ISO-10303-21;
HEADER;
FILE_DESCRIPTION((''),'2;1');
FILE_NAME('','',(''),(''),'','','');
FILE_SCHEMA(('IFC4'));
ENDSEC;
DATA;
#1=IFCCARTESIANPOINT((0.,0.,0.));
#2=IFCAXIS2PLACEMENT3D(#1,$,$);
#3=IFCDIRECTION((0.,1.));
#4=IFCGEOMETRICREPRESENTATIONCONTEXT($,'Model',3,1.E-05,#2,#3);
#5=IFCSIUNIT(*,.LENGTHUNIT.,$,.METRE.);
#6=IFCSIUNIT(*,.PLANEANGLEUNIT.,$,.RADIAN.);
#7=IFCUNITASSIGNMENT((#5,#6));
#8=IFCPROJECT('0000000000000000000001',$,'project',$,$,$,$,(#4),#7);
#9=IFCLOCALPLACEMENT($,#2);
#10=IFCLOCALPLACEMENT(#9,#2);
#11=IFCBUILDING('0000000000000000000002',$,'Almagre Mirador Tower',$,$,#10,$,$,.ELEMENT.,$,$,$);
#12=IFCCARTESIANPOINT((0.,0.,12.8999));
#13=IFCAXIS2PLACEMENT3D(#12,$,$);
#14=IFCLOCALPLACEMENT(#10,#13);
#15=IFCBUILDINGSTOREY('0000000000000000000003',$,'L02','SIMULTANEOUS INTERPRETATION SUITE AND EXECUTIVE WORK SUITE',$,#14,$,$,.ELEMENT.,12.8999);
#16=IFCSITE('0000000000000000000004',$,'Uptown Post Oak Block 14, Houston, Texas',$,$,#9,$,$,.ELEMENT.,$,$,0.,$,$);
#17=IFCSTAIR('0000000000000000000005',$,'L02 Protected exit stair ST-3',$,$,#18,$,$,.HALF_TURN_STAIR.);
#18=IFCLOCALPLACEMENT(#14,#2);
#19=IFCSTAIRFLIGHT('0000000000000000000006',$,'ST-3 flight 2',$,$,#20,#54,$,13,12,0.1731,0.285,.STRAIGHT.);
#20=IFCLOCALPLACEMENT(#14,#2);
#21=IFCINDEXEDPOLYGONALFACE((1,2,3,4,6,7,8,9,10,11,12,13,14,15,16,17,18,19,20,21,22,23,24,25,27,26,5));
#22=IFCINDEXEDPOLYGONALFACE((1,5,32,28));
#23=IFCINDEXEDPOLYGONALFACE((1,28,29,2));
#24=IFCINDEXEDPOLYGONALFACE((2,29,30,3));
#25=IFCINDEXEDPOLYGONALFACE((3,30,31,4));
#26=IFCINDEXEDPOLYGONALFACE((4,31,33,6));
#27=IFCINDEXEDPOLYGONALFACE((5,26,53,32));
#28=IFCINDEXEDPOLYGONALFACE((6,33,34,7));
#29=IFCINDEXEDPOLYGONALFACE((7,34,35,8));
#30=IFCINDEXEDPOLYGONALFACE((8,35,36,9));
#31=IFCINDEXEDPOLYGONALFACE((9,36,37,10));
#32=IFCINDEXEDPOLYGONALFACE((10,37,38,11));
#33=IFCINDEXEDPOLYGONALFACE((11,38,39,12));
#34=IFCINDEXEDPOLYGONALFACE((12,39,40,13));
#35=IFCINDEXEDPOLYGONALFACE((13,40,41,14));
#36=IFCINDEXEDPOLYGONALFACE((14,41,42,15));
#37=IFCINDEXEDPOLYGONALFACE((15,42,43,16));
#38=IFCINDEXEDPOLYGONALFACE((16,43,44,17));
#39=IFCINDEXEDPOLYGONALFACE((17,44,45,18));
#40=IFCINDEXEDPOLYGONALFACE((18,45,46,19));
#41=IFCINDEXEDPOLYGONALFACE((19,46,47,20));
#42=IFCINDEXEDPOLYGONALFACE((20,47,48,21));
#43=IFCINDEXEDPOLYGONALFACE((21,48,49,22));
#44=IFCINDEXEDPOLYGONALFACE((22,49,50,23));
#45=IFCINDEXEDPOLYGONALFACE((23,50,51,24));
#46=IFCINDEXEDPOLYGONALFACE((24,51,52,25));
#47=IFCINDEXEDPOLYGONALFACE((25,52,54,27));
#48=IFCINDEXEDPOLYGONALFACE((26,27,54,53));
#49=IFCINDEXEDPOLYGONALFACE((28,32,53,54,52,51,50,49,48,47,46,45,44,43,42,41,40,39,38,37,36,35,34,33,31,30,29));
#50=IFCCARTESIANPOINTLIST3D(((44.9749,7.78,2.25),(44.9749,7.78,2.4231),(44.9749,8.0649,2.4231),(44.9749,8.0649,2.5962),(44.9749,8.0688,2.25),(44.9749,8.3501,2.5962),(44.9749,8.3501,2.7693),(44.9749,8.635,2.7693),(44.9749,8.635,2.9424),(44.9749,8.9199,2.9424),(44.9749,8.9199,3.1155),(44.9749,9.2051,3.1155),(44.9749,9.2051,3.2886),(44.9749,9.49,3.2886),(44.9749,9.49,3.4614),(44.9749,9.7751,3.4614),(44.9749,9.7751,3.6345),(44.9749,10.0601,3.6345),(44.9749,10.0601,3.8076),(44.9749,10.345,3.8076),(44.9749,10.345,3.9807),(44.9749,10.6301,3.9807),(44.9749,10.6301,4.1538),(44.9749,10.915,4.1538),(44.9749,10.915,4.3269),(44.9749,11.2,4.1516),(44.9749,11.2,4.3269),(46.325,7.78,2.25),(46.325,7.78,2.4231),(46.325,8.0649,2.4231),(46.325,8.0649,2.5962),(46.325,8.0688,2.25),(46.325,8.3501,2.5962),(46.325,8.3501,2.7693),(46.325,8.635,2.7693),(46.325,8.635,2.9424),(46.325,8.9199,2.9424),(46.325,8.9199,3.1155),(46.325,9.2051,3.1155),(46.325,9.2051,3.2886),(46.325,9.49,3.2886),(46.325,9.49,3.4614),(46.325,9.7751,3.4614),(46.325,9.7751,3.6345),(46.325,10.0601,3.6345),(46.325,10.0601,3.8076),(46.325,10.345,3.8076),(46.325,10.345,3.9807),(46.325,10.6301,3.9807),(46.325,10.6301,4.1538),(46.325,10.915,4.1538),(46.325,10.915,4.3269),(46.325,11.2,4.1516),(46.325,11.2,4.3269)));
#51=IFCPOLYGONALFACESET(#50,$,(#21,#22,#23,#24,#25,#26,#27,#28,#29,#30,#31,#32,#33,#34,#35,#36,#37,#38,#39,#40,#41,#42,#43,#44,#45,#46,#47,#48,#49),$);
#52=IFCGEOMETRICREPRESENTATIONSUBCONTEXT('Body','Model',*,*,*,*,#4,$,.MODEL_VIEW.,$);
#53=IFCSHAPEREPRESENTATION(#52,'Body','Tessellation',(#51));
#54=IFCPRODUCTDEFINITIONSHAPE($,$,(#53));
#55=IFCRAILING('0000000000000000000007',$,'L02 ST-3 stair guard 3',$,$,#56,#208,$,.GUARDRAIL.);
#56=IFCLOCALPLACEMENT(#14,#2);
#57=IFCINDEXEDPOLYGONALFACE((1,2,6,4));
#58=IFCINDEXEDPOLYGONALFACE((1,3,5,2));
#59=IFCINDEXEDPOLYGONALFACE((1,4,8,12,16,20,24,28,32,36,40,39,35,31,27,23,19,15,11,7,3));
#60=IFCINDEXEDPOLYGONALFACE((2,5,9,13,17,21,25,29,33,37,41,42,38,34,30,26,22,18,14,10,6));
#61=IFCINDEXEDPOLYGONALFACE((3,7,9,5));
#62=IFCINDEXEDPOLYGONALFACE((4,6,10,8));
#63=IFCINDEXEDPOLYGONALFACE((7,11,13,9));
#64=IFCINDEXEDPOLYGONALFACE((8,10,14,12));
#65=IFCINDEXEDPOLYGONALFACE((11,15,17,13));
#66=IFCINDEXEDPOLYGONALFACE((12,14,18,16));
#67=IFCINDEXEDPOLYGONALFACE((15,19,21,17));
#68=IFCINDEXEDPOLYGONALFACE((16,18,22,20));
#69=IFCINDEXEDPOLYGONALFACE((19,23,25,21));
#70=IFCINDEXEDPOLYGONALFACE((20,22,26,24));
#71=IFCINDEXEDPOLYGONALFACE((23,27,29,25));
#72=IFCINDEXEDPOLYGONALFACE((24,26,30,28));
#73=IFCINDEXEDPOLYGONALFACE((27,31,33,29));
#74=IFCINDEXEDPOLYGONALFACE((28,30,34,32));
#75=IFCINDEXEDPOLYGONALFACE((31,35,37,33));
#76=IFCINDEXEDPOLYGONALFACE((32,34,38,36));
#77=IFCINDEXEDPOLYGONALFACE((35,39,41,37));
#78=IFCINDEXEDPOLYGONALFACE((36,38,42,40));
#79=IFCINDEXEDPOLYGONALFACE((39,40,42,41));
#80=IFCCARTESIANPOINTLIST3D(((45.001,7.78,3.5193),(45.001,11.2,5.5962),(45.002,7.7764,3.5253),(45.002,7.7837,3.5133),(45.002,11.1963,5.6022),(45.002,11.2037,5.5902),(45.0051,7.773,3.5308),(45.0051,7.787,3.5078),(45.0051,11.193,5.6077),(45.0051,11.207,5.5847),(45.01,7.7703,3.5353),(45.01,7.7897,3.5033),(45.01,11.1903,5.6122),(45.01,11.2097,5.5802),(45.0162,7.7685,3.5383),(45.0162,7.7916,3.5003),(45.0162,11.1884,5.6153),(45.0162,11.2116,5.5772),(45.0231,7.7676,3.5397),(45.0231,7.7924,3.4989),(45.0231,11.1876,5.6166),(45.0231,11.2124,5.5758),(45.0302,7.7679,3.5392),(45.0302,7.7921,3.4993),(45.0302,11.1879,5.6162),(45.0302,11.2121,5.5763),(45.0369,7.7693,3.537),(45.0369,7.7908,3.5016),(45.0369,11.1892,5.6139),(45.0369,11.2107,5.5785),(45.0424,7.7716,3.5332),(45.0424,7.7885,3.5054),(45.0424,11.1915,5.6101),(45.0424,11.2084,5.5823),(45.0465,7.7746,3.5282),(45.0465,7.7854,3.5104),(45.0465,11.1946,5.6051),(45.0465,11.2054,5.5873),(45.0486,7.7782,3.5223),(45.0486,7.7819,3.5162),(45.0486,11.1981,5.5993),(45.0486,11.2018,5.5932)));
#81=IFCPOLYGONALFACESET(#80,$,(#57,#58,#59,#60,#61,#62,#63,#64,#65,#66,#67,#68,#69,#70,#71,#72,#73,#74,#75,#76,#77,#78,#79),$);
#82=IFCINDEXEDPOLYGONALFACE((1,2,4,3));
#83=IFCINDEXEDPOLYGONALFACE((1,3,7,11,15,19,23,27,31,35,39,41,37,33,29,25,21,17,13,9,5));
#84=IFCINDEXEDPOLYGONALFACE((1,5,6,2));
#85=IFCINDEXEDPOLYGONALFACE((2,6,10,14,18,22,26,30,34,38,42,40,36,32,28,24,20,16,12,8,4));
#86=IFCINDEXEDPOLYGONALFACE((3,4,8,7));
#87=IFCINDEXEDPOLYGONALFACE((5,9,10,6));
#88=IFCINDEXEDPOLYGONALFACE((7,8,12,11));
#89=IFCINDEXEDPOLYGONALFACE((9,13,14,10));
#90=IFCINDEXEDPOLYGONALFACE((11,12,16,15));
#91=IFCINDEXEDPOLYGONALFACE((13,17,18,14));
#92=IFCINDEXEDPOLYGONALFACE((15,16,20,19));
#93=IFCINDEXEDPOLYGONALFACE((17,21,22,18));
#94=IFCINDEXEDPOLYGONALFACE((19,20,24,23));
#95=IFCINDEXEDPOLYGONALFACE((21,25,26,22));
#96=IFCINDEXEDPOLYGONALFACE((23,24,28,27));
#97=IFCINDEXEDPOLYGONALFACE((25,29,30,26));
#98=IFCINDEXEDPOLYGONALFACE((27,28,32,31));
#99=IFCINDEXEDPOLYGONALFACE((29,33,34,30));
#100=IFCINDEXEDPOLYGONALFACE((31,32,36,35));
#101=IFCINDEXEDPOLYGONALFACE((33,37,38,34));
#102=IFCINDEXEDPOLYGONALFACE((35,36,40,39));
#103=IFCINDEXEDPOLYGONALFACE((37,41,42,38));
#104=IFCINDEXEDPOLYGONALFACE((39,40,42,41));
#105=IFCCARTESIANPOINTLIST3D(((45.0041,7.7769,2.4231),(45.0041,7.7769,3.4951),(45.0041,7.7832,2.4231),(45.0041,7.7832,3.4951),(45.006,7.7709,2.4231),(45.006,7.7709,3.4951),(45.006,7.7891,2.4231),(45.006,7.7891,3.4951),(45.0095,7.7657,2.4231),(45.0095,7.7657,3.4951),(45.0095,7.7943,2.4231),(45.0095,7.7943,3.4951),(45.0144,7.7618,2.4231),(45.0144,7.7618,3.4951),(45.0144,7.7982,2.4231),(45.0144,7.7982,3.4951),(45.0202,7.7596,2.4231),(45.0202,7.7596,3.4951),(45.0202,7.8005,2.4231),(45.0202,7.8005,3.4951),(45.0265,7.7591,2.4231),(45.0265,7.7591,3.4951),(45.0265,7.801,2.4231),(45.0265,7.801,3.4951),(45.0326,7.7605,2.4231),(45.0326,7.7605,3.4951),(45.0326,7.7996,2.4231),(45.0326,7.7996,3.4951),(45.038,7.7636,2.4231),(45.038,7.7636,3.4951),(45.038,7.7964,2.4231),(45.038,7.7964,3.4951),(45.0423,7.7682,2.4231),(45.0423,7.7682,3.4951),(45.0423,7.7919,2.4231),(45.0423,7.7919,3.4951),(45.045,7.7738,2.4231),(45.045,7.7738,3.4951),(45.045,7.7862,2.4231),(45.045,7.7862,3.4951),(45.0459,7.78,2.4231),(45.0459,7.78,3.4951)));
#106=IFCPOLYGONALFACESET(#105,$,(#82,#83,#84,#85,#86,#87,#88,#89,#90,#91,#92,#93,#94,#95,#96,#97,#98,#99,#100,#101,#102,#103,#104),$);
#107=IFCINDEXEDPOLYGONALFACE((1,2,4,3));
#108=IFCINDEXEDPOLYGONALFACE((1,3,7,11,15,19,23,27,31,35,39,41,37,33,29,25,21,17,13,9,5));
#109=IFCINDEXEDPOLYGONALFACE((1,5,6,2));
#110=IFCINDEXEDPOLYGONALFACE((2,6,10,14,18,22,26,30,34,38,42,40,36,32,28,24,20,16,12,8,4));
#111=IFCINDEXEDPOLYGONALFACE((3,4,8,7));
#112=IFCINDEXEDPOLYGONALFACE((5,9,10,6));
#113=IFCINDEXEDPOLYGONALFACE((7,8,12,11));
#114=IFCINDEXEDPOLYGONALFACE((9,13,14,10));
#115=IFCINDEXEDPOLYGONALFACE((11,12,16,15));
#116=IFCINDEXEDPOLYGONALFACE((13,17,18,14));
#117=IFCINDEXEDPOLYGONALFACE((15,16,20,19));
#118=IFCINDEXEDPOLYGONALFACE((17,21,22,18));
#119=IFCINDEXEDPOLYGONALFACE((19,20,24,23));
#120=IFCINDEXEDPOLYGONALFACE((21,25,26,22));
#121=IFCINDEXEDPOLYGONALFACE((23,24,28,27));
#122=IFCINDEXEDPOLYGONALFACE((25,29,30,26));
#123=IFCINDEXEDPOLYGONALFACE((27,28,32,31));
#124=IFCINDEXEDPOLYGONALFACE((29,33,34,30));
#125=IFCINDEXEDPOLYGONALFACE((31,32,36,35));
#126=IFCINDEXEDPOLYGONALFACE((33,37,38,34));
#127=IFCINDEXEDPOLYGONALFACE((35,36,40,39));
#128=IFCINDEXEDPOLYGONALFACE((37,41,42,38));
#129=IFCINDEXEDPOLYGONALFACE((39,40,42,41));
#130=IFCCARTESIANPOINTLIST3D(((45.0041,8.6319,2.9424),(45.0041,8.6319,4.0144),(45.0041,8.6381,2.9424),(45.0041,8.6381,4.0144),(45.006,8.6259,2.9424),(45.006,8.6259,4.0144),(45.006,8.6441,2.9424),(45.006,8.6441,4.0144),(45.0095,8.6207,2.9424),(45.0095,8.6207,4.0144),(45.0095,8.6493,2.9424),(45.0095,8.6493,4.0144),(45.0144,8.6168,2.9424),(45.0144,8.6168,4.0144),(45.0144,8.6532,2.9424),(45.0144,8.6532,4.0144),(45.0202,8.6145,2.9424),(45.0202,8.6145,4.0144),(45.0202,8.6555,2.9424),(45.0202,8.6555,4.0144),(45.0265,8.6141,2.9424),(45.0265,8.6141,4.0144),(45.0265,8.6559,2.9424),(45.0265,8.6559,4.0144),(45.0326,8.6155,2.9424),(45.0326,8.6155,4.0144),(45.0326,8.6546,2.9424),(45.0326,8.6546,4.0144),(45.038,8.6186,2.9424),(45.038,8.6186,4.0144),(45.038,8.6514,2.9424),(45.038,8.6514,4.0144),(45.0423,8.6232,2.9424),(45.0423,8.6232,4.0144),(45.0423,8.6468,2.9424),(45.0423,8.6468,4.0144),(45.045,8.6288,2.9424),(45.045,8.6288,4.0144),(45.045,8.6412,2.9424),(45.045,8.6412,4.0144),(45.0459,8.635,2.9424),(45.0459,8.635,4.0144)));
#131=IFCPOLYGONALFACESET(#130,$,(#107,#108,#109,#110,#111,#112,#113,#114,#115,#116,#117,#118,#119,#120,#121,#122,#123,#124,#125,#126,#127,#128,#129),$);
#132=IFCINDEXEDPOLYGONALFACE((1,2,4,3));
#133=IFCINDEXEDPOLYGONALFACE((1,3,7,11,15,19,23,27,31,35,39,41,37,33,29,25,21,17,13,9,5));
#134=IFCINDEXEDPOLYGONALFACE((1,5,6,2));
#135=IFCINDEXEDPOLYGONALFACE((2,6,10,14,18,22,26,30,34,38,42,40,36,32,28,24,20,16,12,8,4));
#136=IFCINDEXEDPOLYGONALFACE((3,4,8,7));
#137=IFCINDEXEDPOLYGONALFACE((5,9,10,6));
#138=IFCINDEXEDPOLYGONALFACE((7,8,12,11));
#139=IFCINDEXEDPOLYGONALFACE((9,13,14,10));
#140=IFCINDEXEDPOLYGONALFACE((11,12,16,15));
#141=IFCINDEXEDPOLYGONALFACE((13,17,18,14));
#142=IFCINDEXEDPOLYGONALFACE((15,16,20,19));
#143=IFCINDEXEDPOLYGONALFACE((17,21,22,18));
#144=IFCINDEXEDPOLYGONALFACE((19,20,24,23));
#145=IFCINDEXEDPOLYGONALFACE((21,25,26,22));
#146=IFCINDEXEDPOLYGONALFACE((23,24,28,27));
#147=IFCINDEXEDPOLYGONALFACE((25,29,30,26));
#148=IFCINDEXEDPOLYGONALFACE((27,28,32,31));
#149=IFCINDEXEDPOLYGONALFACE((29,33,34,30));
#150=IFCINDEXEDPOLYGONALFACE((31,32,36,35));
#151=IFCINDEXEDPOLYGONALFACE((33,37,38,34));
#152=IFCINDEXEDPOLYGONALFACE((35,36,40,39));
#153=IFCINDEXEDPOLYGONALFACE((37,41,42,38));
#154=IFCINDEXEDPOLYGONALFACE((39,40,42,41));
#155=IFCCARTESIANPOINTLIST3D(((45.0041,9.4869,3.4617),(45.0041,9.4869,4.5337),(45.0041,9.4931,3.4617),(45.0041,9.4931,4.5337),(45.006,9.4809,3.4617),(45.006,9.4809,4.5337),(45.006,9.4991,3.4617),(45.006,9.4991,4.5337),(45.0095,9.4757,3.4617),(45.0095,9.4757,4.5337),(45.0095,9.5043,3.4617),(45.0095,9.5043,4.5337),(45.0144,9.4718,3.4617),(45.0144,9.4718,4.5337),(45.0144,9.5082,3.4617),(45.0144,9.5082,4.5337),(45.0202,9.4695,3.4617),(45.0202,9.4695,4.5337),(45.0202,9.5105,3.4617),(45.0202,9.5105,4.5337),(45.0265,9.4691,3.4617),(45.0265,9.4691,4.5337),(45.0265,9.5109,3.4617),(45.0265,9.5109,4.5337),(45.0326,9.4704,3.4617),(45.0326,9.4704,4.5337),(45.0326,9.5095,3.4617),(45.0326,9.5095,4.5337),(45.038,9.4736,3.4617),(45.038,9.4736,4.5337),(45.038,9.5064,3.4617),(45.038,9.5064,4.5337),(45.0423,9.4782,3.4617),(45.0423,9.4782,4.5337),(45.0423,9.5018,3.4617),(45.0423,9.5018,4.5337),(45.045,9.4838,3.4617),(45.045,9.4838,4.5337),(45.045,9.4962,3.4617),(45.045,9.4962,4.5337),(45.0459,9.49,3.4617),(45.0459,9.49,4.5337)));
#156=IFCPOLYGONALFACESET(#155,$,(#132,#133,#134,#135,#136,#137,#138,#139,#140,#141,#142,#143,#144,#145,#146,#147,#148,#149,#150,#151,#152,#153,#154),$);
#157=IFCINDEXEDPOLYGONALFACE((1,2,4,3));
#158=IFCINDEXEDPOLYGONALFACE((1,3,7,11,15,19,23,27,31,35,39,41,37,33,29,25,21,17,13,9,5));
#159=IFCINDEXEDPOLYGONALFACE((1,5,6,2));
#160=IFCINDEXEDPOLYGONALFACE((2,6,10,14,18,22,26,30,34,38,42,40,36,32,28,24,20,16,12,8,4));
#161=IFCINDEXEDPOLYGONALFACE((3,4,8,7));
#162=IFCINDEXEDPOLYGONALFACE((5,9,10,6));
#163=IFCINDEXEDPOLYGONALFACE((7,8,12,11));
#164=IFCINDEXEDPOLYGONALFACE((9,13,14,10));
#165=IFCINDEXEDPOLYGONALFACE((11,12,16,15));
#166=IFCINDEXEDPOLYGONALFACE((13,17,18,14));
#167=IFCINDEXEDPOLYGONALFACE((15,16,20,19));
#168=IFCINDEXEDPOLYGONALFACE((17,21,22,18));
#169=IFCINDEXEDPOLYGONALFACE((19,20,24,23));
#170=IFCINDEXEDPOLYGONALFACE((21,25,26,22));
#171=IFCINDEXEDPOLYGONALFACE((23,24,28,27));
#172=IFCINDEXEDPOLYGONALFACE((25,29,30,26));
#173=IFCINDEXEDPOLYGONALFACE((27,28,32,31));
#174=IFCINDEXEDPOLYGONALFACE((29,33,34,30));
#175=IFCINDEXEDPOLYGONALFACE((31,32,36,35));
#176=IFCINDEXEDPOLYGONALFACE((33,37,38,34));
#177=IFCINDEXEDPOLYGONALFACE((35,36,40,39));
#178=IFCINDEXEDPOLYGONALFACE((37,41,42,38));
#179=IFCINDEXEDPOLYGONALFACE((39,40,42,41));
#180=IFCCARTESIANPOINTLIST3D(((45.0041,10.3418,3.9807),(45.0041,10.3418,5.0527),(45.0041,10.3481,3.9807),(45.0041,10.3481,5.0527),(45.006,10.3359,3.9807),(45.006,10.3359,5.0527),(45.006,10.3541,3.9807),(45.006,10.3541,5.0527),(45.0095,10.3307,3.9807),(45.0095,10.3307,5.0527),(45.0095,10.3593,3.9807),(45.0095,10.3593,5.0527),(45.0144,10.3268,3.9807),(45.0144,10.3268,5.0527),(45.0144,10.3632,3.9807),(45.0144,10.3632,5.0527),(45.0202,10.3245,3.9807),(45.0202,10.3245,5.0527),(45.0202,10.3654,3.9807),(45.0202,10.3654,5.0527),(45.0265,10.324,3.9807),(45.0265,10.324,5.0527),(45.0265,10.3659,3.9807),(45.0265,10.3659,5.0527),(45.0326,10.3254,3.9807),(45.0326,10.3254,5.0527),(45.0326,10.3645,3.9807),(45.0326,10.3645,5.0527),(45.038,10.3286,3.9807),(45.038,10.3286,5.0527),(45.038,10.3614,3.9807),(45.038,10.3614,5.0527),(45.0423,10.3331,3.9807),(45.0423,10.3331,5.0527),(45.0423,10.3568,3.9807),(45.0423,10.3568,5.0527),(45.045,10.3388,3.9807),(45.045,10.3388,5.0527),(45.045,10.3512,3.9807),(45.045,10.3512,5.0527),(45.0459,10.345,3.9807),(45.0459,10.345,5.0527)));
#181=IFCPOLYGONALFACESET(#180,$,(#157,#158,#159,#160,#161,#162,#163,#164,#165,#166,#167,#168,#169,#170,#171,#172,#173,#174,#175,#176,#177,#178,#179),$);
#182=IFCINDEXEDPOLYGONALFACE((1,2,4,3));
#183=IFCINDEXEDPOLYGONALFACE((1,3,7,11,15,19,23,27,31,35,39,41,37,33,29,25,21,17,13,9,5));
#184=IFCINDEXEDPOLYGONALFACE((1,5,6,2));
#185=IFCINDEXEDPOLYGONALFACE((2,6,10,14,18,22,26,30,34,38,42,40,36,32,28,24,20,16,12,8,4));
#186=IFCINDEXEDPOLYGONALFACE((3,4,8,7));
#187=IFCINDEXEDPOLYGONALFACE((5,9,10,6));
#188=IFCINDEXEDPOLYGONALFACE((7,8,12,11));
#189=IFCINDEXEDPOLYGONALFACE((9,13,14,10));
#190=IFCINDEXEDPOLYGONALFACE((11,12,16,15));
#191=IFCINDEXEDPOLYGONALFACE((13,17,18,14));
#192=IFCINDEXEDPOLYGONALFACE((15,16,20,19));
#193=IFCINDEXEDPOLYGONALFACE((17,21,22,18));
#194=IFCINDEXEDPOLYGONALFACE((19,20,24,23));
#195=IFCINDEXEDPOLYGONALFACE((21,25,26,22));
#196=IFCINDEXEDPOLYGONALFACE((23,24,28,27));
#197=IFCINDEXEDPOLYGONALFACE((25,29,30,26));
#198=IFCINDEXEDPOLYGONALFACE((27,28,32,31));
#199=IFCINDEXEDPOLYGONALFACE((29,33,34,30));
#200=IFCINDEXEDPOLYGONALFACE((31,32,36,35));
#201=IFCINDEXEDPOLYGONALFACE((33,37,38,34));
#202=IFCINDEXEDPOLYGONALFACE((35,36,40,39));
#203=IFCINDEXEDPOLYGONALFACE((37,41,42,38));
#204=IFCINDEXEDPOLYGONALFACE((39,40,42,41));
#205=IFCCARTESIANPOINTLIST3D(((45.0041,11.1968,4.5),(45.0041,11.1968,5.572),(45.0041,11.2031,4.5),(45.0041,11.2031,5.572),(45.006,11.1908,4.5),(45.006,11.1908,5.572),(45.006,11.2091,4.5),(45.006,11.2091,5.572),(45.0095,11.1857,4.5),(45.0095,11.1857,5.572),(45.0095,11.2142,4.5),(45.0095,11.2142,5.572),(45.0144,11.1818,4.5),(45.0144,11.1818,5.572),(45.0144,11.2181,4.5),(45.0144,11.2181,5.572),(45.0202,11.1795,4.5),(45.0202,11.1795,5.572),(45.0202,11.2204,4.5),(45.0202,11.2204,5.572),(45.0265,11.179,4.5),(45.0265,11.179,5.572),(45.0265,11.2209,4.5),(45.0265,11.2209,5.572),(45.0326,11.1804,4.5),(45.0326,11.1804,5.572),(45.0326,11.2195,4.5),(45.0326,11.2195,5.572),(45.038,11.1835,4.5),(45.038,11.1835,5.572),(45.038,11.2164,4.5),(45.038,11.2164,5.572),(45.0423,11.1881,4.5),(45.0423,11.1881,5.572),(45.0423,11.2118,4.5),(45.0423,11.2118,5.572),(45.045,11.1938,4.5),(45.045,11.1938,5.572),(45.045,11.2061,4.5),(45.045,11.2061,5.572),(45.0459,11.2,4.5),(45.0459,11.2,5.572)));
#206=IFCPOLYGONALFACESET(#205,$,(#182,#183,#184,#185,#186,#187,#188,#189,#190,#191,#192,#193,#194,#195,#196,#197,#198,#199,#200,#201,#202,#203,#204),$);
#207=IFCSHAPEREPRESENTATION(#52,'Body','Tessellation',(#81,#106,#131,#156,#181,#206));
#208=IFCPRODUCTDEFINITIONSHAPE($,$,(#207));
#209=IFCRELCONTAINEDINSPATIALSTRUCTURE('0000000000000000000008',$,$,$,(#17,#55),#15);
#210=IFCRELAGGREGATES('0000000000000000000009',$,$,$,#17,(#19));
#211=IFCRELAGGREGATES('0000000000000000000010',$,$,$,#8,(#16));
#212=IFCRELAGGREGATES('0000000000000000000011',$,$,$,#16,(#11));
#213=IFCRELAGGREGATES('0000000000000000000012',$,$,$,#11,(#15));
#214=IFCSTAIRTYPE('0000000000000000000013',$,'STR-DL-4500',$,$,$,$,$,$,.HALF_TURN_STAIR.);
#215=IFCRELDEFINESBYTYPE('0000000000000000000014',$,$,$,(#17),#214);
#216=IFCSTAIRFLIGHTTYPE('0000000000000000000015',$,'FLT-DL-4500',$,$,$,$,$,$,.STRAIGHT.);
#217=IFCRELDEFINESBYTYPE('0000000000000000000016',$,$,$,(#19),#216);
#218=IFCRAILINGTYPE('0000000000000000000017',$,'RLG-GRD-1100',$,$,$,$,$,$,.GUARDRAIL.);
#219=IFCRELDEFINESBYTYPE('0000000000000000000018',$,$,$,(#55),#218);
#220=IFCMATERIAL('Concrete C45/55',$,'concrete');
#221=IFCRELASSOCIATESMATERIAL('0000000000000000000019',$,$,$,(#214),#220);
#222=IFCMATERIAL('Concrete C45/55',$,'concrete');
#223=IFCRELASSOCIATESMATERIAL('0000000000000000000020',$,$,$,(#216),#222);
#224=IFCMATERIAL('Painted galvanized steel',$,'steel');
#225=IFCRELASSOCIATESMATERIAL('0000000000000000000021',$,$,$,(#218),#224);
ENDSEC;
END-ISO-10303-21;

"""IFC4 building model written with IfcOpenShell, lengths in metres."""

from ifc_helpers import new_model, si_unit, direction, frame, origin, origin_2d, place, context, subcontext, project, spatial, polyline, circle, outline, extrude, material, type_object, element, aggregate, save


model = new_model("IFC4")

# Units and contexts
model_context = context("Model", 3, precision=1e-05, world=origin(), true_north=direction((0.0, 1.0)))
body_context = subcontext(model_context, "Body", "Model", "MODEL_VIEW")
ifc_project = project(units=[si_unit("LENGTHUNIT", "METRE"), si_unit("PLANEANGLEUNIT", "RADIAN")], contexts=[model_context])

# Site, building, storey
site_placement = place(None, origin())
site = spatial("IfcSite", under=ifc_project, at=site_placement, Name="Uptown Post Oak Block 14, Houston, Texas", CompositionType="ELEMENT", RefElevation=0.0)
building_placement = place(site_placement, origin())
building = spatial("IfcBuilding", under=site, at=building_placement, Name="Almagre Mirador Tower", CompositionType="ELEMENT")
storey_placement = place(building_placement, frame((0.0, 0.0, 12.8999)))
storey = spatial("IfcBuildingStorey", under=building, at=storey_placement, Name="L02", Description="SIMULTANEOUS INTERPRETATION SUITE AND EXECUTIVE WORK SUITE", CompositionType="ELEMENT", Elevation=12.8999)

# Stair, stair flight
ifc_material_1 = material(Name="Concrete C45/55", Category="concrete")
stair_type = type_object("IfcStairType", Name="STR-DL-4500", PredefinedType="HALF_TURN_STAIR", material=ifc_material_1)
stair_placement = place(storey_placement, origin())
stair = element("IfcStair", 1, at=stair_placement, inside=storey, type_object=stair_type, Name="L02 Protected exit stair ST-3", PredefinedType="HALF_TURN_STAIR")
ifc_material_2 = material(Name="Concrete C45/55", Category="concrete")
stair_flight_type = type_object("IfcStairFlightType", Name="FLT-DL-4500", PredefinedType="STRAIGHT", material=ifc_material_2)
stair_flight_placement = place(storey_placement, frame((45.6499, 7.78, 2.25), z_axis=(0.0, 0.0, 1.0), x_axis=(0.0, 1.0, 0.0)))
stair_flight = element("IfcStairFlight", 2, at=stair_flight_placement, type_object=stair_flight_type, Name="ST-3 flight 2", NumberOfRisers=13, NumberOfTreads=12, PredefinedType="STRAIGHT", RiserHeight=0.1731, TreadLength=0.285, context=body_context, shape_type="SweptSolid", body=[
    extrude(outline(polyline([(0.0, 0.0), (0.0, 0.1731), (0.2849, 0.1731), (0.2849, 0.3462), (0.5701, 0.3462), (0.5701, 0.5193), (0.855, 0.5193), (0.855, 0.6924), (1.1399, 0.6924), (1.1399, 0.8655), (1.425, 0.8655), (1.425, 1.0386), (1.71, 1.0386), (1.71, 1.2114), (1.9951, 1.2114), (1.9951, 1.3845), (2.28, 1.3845), (2.28, 1.5576), (2.5649, 1.5576), (2.5649, 1.7307), (2.8501, 1.7307), (2.8501, 1.9038), (3.135, 1.9038), (3.135, 2.0769), (3.4199, 2.0769), (3.4199, 2.25), (3.4199, 1.9016), (0.2888, 0.0), (0.0, 0.0)])), frame((0.0, 0.675, 0.0), z_axis=(0.0, -1.0, 0.0), x_axis=(1.0, 0.0, 0.0)), (0.0, 0.0, 1.0), 1.3501),
])
aggregate(stair, [stair_flight])

# Railing
ifc_material_3 = material(Name="Painted galvanized steel", Category="steel")
railing_type_1 = type_object("IfcRailingType", Name="RLG-GRD-1100", PredefinedType="GUARDRAIL", material=ifc_material_3)
railing_1_placement = place(storey_placement, frame((45.0249, 7.78, 2.4231)))
element("IfcRailing", 3, at=railing_1_placement, inside=storey, type_object=railing_type_1, Name="L02 ST-3 stair guard 3", PredefinedType="GUARDRAIL", context=body_context, shape_type="SweptSolid", body=[
    extrude(circle(Radius=0.0239, at=origin_2d()), frame((0.0, 0.0, 1.0962), z_axis=(0.0, 0.85473, 0.519074), x_axis=(-1.0, 0.0, 0.0)), (0.0, 0.0, 1.0), 4.0012),
    extrude(circle(Radius=0.021, at=origin_2d()), origin(), (0.0, 0.0, 1.0), 1.072),
    extrude(circle(Radius=0.021, at=origin_2d()), frame((0.0, 0.855, 0.5193)), (0.0, 0.0, 1.0), 1.072),
    extrude(circle(Radius=0.021, at=origin_2d()), frame((0.0, 1.71, 1.0386)), (0.0, 0.0, 1.0), 1.072),
    extrude(circle(Radius=0.021, at=origin_2d()), frame((0.0, 2.5649, 1.5576)), (0.0, 0.0, 1.0), 1.072),
    extrude(circle(Radius=0.021, at=origin_2d()), frame((0.0, 3.4199, 2.0769)), (0.0, 0.0, 1.0), 1.072),
])

save(model, "model.ifc")
